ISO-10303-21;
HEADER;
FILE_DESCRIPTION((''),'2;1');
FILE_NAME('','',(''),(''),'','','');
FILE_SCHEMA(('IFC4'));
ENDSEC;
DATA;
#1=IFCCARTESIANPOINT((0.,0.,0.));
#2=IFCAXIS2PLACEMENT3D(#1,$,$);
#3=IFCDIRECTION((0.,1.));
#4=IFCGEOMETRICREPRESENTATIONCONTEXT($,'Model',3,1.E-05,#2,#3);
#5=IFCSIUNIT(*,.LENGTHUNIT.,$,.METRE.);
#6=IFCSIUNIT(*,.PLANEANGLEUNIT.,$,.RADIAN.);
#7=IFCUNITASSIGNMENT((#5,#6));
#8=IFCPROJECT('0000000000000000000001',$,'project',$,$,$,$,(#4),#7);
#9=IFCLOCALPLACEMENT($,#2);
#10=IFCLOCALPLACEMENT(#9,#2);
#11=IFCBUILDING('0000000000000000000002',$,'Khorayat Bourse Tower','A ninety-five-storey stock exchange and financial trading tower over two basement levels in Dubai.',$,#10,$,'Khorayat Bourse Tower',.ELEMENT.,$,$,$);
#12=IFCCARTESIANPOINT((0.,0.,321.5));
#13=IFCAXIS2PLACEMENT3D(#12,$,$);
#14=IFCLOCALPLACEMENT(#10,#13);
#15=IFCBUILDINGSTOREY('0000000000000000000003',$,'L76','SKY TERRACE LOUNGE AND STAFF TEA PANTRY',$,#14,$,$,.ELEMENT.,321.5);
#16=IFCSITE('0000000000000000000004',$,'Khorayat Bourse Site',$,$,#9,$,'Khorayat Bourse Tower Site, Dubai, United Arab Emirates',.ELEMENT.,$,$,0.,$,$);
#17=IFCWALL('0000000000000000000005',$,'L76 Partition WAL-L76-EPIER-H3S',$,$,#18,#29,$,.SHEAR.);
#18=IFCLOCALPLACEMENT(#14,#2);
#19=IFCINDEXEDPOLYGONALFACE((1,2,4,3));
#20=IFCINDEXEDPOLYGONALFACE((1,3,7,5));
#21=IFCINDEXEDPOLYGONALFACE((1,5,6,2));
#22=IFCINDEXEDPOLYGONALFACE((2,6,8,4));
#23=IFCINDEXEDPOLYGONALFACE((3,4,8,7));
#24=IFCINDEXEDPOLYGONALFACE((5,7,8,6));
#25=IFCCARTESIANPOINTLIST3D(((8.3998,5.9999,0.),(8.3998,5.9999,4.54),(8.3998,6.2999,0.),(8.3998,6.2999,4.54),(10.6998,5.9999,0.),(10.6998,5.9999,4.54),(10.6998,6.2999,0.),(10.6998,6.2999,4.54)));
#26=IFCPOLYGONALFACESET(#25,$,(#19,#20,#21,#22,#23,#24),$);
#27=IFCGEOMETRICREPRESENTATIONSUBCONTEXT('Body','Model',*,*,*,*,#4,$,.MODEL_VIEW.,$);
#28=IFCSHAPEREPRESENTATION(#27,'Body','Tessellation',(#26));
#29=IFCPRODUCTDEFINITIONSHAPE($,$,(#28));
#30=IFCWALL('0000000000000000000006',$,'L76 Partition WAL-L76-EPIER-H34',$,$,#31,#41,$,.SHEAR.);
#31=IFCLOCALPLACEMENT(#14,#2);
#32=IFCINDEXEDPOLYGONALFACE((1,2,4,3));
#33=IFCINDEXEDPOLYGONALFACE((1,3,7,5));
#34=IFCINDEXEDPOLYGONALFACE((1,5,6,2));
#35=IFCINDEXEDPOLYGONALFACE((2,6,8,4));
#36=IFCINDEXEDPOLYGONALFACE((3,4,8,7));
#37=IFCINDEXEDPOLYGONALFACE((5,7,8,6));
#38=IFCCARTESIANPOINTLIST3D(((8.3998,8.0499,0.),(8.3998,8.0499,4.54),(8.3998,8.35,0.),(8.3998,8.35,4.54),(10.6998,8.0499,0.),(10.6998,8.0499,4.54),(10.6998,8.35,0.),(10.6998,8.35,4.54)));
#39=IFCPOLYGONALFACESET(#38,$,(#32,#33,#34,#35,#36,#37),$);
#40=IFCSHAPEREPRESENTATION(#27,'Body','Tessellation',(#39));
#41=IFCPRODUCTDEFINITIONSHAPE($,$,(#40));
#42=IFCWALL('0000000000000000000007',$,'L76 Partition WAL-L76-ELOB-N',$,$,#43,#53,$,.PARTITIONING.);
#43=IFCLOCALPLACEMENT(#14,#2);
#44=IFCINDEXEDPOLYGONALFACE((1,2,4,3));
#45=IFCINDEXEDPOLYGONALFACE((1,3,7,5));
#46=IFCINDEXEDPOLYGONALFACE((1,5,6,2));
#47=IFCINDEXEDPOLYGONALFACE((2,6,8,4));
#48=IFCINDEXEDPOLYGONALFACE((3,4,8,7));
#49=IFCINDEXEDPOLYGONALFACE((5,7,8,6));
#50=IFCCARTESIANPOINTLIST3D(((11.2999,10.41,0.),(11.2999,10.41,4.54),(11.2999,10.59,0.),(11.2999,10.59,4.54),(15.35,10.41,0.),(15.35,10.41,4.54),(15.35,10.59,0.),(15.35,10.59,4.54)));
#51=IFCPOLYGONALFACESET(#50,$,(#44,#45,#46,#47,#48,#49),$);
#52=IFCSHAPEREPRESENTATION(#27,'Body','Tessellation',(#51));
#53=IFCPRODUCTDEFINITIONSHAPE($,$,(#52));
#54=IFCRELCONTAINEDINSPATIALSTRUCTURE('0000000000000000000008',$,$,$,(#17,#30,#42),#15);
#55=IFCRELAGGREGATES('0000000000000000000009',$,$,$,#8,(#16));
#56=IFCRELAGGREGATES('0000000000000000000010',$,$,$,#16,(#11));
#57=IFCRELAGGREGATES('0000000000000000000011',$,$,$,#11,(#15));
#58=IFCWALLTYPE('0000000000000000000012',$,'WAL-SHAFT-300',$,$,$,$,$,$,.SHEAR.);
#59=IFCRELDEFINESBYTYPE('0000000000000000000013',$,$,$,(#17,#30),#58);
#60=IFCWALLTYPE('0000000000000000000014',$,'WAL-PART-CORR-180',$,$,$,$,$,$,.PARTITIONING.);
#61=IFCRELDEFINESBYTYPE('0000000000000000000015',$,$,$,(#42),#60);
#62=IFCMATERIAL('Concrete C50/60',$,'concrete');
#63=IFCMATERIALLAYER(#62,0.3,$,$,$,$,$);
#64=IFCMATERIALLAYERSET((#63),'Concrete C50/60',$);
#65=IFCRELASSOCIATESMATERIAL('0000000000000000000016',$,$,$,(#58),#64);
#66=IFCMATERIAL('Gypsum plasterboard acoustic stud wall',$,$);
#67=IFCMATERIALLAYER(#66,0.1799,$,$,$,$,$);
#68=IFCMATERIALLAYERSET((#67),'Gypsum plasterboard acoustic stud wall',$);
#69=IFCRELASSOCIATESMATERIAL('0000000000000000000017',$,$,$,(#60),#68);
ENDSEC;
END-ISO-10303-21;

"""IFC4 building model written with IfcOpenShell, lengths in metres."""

from ifc_helpers import new_model, si_unit, direction, frame, frame_2d, origin, place, context, subcontext, project, spatial, rectangle, extrude, source, transform, mapped, material, layer, layer_set, type_object, element, save


model = new_model("IFC4")

# Units and contexts
model_context = context("Model", 3, precision=1e-05, world=origin(), true_north=direction((0.0, 1.0)))
body_context = subcontext(model_context, "Body", "Model", "MODEL_VIEW")
ifc_project = project(units=[si_unit("LENGTHUNIT", "METRE"), si_unit("PLANEANGLEUNIT", "RADIAN")], contexts=[model_context])

# Site, building, storey
site_placement = place(None, origin())
site = spatial("IfcSite", under=ifc_project, at=site_placement, Name="Khorayat Bourse Site", LongName="Khorayat Bourse Tower Site, Dubai, United Arab Emirates", CompositionType="ELEMENT", RefElevation=0.0)
building_placement = place(site_placement, origin())
building = spatial("IfcBuilding", under=site, at=building_placement, Name="Khorayat Bourse Tower", Description="A ninety-five-storey stock exchange and financial trading tower over two basement levels in Dubai.", LongName="Khorayat Bourse Tower", CompositionType="ELEMENT")
storey_placement = place(building_placement, frame((0.0, 0.0, 321.5)))
storey = spatial("IfcBuildingStorey", under=building, at=storey_placement, Name="L76", Description="SKY TERRACE LOUNGE AND STAFF TEA PANTRY", CompositionType="ELEMENT", Elevation=321.5)

# Walls
ifc_material_1 = material(Name="Concrete C50/60", Category="concrete")
ifc_layer_1 = layer(ifc_material_1, 0.3)
ifc_layer_set_1 = layer_set([ifc_layer_1], Name="Concrete C50/60")
wall_type_1 = type_object("IfcWallType", Name="WAL-SHAFT-300", PredefinedType="SHEAR", material=ifc_layer_set_1)
shared_shape_1 = source(origin(), body_context, "Body", "SweptSolid", [
    extrude(rectangle(XDim=2.3, YDim=0.3, at=frame_2d((1.1499, 0.0))), origin(), (0.0, 0.0, 1.0), 4.54),
])
for number, where, z_axis, x_axis, name in (
    (1, (8.3999, 6.1499, 0.0), (0.0, 0.0, 1.0), (1.0, 0.0, 0.0), "L76 Partition WAL-L76-EPIER-H3S"),
    (2, (8.3999, 8.2, 0.0), (0.0, 0.0, 1.0), (1.0, 0.0, 0.0), "L76 Partition WAL-L76-EPIER-H34"),
):
    element("IfcWall", number, at=place(storey_placement, frame(where, z_axis=z_axis, x_axis=x_axis)), inside=storey, type_object=wall_type_1, Name=name, PredefinedType="SHEAR", context=body_context, shape_type="MappedRepresentation", body=[
        mapped(shared_shape_1, transform((0.0, 0.0, 0.0), scale=1.0)),
    ])
ifc_material_2 = material(Name="Gypsum plasterboard acoustic stud wall")
ifc_layer_2 = layer(ifc_material_2, 0.1799)
ifc_layer_set_2 = layer_set([ifc_layer_2], Name="Gypsum plasterboard acoustic stud wall")
wall_type_2 = type_object("IfcWallType", Name="WAL-PART-CORR-180", PredefinedType="PARTITIONING", material=ifc_layer_set_2)
shared_shape_2 = source(origin(), body_context, "Body", "SweptSolid", [
    extrude(rectangle(XDim=4.05, YDim=0.1799, at=frame_2d((2.0249, 0.0))), origin(), (0.0, 0.0, 1.0), 4.54),
])
wall_placement = place(storey_placement, frame((11.3, 10.5, 0.0), z_axis=(0.0, 0.0, 1.0), x_axis=(1.0, 0.0, 0.0)))
element("IfcWall", 3, at=wall_placement, inside=storey, type_object=wall_type_2, Name="L76 Partition WAL-L76-ELOB-N", PredefinedType="PARTITIONING", context=body_context, shape_type="MappedRepresentation", body=[
    mapped(shared_shape_2, transform((0.0, 0.0, 0.0), scale=1.0)),
])

save(model, "model.ifc")
